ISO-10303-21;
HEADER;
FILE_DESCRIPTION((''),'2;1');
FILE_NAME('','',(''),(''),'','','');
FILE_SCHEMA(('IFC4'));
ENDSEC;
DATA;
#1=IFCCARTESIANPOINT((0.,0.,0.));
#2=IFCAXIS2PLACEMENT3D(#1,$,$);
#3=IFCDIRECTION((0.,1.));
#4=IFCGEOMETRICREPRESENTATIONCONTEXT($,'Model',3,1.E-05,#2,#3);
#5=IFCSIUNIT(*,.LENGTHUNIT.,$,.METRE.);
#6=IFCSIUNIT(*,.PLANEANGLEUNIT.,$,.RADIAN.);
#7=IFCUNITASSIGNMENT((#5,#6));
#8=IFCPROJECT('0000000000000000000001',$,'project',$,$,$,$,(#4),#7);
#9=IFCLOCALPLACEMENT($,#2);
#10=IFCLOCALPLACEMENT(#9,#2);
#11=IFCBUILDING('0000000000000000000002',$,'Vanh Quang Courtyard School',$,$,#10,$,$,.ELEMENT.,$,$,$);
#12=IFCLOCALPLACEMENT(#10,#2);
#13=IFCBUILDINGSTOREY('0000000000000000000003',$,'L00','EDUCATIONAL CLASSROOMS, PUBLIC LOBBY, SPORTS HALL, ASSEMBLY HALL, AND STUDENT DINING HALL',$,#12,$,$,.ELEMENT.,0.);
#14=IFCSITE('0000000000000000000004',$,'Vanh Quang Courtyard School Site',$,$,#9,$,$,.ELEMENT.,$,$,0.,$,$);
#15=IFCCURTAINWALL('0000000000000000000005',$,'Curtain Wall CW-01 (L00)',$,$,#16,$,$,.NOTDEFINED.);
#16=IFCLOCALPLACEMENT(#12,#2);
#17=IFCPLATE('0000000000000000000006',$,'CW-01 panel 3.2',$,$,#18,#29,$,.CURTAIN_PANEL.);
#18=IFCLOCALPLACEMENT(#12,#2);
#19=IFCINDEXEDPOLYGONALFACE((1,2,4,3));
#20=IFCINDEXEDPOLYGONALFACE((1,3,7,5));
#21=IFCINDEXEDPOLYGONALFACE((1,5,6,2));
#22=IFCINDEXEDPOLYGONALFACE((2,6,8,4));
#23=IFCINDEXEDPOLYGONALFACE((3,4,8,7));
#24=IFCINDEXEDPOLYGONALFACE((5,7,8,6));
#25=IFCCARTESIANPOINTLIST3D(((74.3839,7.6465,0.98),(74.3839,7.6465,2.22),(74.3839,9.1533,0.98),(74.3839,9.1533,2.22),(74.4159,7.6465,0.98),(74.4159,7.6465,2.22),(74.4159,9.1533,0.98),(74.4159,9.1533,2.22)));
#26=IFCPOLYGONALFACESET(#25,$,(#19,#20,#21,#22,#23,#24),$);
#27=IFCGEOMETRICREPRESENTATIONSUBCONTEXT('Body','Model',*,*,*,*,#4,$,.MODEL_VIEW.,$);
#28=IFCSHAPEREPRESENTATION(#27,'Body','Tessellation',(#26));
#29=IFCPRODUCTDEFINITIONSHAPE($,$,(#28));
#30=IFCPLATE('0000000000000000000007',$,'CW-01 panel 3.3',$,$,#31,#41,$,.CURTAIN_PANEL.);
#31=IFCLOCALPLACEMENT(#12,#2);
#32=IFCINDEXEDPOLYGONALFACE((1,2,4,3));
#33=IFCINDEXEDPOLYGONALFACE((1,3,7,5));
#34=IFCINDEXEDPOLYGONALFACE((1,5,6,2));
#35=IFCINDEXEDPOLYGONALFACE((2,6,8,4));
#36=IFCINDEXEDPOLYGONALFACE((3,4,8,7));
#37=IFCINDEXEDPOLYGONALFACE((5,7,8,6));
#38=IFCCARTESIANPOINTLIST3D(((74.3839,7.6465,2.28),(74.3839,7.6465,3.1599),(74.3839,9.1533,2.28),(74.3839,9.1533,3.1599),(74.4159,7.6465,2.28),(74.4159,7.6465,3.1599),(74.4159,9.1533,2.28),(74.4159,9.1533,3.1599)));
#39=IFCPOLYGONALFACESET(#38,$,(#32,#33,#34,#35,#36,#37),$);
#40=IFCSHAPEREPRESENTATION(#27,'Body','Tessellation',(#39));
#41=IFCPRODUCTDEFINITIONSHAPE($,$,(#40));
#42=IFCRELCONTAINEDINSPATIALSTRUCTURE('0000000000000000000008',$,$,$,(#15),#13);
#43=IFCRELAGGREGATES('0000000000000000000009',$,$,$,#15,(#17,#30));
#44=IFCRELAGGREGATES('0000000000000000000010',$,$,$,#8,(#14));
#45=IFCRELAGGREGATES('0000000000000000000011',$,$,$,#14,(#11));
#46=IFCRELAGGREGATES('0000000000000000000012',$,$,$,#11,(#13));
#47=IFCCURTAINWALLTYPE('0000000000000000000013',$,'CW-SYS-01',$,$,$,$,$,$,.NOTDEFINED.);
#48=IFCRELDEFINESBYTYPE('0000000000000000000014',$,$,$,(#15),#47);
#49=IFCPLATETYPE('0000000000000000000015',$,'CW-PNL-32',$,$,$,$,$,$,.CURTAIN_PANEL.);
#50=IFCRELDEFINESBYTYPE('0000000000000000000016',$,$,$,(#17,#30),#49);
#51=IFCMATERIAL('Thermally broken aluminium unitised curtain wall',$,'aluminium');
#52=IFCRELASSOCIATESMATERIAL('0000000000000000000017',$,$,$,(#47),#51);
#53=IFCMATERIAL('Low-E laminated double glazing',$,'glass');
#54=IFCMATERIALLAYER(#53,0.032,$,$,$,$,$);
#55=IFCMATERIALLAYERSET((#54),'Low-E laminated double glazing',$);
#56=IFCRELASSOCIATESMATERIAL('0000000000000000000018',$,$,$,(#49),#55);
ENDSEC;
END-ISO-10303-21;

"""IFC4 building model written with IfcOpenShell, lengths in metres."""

from ifc_helpers import new_model, si_unit, direction, frame, origin, origin_2d, place, context, subcontext, project, spatial, rectangle, extrude, material, layer, layer_set, type_object, element, aggregate, save


model = new_model("IFC4")

# Units and contexts
model_context = context("Model", 3, precision=1e-05, world=origin(), true_north=direction((0.0, 1.0)))
body_context = subcontext(model_context, "Body", "Model", "MODEL_VIEW")
ifc_project = project(units=[si_unit("LENGTHUNIT", "METRE"), si_unit("PLANEANGLEUNIT", "RADIAN")], contexts=[model_context])

# Site, building, storey
site_placement = place(None, origin())
site = spatial("IfcSite", under=ifc_project, at=site_placement, Name="Vanh Quang Courtyard School Site", CompositionType="ELEMENT", RefElevation=0.0)
building_placement = place(site_placement, origin())
building = spatial("IfcBuilding", under=site, at=building_placement, Name="Vanh Quang Courtyard School", CompositionType="ELEMENT")
storey_placement = place(building_placement, origin())
storey = spatial("IfcBuildingStorey", under=building, at=storey_placement, Name="L00", Description="EDUCATIONAL CLASSROOMS, PUBLIC LOBBY, SPORTS HALL, ASSEMBLY HALL, AND STUDENT DINING HALL", CompositionType="ELEMENT", Elevation=0.0)

# Curtain wall, plates
ifc_material_1 = material(Name="Thermally broken aluminium unitised curtain wall", Category="aluminium")
curtain_wall_type = type_object("IfcCurtainWallType", Name="CW-SYS-01", PredefinedType="NOTDEFINED", material=ifc_material_1)
curtain_wall_placement = place(storey_placement, origin())
curtain_wall = element("IfcCurtainWall", 1, at=curtain_wall_placement, inside=storey, type_object=curtain_wall_type, Name="Curtain Wall CW-01 (L00)", PredefinedType="NOTDEFINED")
ifc_material_2 = material(Name="Low-E laminated double glazing", Category="glass")
ifc_layer = layer(ifc_material_2, 0.032)
ifc_layer_set = layer_set([ifc_layer], Name="Low-E laminated double glazing")
plate_type = type_object("IfcPlateType", Name="CW-PNL-32", PredefinedType="CURTAIN_PANEL", material=ifc_layer_set)
plate_1_placement = place(storey_placement, frame((74.3999, 8.3999, 0.98), z_axis=(0.0, 0.0, 1.0), x_axis=(0.0, 1.0, 0.0)))
plate_1 = element("IfcPlate", 2, at=plate_1_placement, type_object=plate_type, Name="CW-01 panel 3.2", PredefinedType="CURTAIN_PANEL", context=body_context, shape_type="SweptSolid", body=[
    extrude(rectangle(XDim=1.5068, YDim=0.032, at=origin_2d()), origin(), (0.0, 0.0, 1.0), 1.24),
])
plate_2_placement = place(storey_placement, frame((74.3999, 8.3999, 2.28), z_axis=(0.0, 0.0, 1.0), x_axis=(0.0, 1.0, 0.0)))
plate_2 = element("IfcPlate", 3, at=plate_2_placement, type_object=plate_type, Name="CW-01 panel 3.3", PredefinedType="CURTAIN_PANEL", context=body_context, shape_type="SweptSolid", body=[
    extrude(rectangle(XDim=1.5068, YDim=0.032, at=origin_2d()), origin(), (0.0, 0.0, 1.0), 0.8799),
])
aggregate(curtain_wall, [plate_1, plate_2])

save(model, "model.ifc")
